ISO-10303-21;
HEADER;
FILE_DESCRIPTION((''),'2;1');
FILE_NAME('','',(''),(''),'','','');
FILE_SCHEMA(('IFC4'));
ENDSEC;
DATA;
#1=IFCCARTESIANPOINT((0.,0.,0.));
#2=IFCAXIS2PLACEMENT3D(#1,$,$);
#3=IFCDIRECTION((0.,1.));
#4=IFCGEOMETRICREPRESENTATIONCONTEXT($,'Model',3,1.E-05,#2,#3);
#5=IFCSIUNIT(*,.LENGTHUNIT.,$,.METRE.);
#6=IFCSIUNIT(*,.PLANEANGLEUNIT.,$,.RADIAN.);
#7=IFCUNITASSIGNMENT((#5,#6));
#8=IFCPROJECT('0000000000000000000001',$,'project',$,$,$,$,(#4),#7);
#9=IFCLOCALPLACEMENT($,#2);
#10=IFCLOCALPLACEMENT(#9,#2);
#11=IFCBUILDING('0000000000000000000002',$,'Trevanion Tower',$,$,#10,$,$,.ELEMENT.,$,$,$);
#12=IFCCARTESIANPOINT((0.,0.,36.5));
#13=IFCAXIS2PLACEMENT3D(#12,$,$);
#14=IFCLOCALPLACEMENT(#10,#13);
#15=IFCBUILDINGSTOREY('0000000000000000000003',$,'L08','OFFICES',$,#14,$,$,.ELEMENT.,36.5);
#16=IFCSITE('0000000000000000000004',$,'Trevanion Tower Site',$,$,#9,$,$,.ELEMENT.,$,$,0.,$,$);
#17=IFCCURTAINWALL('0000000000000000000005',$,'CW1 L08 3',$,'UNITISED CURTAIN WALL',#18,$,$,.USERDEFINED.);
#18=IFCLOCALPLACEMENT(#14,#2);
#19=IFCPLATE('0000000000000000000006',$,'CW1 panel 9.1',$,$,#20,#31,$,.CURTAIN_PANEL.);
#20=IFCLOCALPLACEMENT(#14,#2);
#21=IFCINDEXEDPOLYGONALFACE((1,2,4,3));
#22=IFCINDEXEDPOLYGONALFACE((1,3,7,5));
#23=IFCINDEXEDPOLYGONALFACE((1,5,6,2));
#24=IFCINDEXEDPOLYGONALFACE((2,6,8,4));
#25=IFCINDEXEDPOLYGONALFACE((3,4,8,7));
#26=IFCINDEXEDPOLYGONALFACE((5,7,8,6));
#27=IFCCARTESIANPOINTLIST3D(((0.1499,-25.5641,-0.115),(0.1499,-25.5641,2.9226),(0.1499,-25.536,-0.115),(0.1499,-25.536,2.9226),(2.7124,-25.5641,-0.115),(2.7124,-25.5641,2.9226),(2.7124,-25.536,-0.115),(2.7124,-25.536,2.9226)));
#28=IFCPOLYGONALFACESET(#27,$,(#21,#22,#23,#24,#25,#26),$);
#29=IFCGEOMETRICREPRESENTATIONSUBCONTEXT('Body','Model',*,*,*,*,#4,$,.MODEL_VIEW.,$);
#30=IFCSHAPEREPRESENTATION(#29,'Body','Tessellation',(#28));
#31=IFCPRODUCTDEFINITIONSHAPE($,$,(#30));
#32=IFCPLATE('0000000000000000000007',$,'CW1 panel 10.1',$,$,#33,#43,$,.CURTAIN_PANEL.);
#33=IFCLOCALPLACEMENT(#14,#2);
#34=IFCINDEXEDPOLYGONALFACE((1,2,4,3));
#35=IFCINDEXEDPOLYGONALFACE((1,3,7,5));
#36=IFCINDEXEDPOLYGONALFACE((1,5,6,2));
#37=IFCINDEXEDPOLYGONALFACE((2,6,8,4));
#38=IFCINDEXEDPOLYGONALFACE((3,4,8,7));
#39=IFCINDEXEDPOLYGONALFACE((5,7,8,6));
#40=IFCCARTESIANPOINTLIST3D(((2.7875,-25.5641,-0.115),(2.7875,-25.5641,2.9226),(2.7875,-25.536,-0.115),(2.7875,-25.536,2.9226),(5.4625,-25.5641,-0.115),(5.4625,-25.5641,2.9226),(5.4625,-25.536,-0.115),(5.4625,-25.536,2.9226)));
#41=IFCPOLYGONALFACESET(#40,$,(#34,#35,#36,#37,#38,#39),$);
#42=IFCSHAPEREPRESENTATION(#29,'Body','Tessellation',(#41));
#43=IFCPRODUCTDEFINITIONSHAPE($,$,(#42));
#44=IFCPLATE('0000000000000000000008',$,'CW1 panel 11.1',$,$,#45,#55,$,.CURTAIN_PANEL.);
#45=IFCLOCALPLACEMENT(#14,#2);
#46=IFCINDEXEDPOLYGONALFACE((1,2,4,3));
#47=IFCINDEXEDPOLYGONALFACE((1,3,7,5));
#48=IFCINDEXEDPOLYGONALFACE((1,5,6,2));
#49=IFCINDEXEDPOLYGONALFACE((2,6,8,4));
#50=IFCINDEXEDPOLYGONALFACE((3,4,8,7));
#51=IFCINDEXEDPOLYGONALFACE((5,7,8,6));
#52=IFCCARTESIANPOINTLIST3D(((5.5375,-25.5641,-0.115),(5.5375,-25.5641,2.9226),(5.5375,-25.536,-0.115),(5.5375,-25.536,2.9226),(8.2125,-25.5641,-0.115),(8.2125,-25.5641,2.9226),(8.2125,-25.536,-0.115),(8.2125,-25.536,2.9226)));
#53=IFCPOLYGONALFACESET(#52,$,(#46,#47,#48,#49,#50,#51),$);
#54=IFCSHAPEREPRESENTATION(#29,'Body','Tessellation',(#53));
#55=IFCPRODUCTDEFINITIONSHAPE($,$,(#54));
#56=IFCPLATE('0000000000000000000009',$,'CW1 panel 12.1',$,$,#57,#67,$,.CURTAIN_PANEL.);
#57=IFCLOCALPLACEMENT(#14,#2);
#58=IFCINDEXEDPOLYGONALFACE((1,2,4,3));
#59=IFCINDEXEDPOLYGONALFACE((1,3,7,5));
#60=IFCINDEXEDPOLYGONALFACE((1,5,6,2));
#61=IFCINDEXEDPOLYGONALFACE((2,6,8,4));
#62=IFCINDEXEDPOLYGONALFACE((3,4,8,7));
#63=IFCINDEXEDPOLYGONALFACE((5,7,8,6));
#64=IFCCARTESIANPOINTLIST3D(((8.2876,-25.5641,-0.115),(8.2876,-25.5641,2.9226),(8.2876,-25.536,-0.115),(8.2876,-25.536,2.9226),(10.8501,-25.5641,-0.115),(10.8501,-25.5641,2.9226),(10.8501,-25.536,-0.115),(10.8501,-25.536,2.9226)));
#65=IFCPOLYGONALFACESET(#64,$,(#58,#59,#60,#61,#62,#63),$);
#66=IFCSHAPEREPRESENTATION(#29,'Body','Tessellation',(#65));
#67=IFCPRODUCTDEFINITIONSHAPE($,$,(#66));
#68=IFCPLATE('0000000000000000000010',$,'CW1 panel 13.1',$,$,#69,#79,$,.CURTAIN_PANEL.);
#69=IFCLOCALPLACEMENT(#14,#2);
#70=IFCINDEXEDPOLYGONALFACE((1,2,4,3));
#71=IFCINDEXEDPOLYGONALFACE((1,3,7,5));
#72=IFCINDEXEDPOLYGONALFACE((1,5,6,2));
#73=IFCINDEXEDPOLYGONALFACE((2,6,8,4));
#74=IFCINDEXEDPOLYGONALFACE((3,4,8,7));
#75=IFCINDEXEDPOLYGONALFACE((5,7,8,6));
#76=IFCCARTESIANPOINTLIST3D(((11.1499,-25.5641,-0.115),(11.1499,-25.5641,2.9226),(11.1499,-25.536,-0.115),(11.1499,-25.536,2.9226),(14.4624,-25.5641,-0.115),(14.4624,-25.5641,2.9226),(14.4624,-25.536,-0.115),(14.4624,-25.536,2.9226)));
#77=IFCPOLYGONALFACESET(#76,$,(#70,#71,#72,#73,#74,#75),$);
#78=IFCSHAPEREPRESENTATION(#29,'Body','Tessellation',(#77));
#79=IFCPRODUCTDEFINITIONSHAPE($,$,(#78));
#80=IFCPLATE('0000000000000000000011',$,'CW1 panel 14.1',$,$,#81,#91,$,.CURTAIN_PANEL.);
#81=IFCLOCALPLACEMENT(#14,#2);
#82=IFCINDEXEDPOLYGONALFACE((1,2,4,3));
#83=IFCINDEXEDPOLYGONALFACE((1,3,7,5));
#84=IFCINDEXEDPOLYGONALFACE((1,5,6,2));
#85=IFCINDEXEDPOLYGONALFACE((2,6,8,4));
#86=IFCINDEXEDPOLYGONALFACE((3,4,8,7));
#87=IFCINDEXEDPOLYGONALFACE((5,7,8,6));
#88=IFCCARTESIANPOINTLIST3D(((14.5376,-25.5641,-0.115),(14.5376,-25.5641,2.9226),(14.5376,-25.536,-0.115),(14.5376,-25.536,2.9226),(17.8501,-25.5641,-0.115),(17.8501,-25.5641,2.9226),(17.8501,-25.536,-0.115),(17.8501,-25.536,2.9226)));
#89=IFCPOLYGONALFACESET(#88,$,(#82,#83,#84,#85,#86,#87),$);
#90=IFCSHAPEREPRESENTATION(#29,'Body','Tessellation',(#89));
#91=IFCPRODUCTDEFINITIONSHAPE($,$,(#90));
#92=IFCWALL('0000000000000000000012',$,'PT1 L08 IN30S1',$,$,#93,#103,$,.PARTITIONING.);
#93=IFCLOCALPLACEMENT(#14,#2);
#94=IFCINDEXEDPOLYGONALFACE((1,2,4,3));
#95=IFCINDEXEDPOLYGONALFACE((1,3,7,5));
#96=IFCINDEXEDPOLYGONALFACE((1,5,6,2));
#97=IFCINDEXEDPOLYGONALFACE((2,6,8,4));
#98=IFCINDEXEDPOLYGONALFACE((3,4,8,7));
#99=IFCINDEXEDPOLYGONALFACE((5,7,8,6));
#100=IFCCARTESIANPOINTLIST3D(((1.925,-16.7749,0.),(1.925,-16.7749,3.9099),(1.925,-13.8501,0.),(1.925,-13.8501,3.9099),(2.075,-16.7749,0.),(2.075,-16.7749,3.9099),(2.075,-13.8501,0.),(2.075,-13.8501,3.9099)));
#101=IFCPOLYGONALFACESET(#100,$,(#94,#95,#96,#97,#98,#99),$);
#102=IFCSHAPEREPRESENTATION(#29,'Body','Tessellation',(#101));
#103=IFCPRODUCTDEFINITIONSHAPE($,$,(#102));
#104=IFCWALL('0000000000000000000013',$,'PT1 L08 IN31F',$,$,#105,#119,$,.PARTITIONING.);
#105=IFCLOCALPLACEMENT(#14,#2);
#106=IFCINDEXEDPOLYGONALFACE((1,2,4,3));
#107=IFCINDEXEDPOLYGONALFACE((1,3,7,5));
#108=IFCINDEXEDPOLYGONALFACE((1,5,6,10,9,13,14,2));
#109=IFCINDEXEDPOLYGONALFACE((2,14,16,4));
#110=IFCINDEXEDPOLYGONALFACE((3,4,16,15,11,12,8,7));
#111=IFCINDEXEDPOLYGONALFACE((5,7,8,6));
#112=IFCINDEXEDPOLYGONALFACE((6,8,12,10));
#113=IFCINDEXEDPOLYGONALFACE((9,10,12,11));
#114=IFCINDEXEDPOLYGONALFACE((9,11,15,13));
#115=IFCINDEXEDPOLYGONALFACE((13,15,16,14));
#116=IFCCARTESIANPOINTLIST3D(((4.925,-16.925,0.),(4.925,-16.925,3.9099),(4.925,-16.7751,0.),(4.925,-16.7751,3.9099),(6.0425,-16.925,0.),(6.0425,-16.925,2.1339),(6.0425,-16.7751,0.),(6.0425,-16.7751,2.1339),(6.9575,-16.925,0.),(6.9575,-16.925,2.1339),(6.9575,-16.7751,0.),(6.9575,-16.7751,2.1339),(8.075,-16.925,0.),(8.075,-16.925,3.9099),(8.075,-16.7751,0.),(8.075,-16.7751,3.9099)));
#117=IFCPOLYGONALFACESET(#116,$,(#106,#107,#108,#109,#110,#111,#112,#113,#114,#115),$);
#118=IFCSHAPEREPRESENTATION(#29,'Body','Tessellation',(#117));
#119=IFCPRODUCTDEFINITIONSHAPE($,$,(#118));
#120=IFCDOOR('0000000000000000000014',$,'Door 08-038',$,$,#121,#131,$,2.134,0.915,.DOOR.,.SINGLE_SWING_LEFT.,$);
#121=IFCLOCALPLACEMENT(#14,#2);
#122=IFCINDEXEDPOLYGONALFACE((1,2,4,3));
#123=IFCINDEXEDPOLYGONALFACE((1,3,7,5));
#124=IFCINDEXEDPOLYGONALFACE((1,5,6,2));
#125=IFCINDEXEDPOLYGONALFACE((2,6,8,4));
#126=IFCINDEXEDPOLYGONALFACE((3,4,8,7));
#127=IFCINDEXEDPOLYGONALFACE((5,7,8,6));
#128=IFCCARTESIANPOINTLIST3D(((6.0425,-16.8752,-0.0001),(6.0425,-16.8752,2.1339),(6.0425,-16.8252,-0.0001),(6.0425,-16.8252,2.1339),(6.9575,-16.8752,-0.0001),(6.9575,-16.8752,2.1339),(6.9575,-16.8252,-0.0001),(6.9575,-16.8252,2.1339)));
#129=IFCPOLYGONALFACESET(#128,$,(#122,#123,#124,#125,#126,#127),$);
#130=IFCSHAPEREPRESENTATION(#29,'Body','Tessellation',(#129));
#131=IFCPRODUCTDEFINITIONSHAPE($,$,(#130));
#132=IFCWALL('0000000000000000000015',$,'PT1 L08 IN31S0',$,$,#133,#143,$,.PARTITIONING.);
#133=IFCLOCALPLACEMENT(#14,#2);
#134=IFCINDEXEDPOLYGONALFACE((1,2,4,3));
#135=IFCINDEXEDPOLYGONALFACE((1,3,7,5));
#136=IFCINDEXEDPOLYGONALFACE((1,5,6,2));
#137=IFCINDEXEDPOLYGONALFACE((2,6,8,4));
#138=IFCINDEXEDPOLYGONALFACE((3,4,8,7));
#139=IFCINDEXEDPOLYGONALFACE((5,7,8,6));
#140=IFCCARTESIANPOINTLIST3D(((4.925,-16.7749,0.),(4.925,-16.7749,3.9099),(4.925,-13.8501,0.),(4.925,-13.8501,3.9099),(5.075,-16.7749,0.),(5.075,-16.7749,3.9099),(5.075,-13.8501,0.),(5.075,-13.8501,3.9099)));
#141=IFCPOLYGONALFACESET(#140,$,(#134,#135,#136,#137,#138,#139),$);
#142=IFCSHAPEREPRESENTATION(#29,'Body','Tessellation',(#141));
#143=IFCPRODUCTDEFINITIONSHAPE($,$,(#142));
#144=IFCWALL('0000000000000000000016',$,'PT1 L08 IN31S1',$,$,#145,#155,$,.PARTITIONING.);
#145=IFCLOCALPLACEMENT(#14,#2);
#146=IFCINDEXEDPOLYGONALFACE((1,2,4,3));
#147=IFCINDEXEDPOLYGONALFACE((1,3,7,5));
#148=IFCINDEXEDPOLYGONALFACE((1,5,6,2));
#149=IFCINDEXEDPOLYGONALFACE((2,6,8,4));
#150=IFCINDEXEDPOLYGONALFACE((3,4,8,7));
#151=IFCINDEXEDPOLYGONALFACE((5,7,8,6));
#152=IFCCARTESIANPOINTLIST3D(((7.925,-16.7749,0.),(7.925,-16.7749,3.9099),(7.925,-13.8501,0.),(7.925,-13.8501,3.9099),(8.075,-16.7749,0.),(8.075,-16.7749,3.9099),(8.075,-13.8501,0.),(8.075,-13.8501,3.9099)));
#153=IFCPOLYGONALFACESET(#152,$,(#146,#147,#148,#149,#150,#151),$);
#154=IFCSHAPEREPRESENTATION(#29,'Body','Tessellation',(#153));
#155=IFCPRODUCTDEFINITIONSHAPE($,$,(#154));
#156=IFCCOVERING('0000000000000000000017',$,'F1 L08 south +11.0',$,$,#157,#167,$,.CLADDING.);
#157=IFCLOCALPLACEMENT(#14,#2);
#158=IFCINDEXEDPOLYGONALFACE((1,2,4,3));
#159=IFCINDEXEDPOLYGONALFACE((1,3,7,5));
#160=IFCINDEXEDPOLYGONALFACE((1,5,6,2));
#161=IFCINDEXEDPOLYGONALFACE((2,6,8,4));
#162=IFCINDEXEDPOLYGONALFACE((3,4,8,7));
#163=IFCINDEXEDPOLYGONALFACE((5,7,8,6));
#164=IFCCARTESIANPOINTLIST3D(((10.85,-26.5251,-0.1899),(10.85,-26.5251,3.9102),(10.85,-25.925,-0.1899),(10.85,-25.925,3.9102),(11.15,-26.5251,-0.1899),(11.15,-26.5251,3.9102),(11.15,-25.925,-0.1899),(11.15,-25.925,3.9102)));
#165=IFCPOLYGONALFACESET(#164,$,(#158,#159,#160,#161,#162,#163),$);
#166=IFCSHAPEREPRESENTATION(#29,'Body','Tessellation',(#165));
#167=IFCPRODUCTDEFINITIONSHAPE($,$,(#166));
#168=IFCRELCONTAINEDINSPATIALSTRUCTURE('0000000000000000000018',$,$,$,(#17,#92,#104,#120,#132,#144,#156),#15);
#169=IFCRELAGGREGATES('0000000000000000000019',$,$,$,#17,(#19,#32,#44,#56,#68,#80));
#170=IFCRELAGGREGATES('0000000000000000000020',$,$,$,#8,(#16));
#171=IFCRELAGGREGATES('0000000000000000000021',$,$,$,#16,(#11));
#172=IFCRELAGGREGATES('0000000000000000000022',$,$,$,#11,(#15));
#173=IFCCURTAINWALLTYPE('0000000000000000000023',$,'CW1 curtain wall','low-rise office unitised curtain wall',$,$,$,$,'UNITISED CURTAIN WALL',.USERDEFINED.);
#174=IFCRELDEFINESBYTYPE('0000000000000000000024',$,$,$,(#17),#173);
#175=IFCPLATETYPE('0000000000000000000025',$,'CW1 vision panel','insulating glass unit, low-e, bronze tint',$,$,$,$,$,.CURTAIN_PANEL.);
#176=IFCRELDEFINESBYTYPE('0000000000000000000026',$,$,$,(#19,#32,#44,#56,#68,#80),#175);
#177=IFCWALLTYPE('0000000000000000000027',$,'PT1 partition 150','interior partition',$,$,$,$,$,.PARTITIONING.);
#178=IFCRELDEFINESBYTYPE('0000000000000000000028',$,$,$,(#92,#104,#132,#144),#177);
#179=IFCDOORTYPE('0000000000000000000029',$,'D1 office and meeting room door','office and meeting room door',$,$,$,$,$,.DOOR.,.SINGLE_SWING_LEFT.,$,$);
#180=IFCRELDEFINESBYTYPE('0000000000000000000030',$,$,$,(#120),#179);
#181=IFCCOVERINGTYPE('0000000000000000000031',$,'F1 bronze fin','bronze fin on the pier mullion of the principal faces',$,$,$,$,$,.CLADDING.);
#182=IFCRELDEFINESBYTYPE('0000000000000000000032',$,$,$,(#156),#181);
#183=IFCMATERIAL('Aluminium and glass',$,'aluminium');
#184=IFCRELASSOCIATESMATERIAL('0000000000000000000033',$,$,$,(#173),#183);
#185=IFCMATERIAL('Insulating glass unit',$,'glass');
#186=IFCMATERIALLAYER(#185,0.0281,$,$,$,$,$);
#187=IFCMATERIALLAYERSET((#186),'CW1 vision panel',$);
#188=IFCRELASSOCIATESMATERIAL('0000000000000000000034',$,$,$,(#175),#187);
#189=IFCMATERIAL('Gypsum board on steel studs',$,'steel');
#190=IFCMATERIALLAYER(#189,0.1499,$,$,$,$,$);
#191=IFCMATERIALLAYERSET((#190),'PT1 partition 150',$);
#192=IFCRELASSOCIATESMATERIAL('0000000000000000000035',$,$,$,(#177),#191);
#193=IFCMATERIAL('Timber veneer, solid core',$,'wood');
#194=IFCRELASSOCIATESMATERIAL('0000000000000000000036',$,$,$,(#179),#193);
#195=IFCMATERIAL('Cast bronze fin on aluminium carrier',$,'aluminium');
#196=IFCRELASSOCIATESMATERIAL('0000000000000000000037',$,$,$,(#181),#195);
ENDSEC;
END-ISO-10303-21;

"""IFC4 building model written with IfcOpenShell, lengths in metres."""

from ifc_helpers import new_model, si_unit, direction, frame, frame_2d, origin, origin_2d, place, context, subcontext, project, spatial, rectangle, extrude, material, layer, layer_set, type_object, element, fill, aggregate, save


model = new_model("IFC4")

# Units and contexts
model_context = context("Model", 3, precision=1e-05, world=origin(), true_north=direction((0.0, 1.0)))
body_context = subcontext(model_context, "Body", "Model", "MODEL_VIEW")
ifc_project = project(units=[si_unit("LENGTHUNIT", "METRE"), si_unit("PLANEANGLEUNIT", "RADIAN")], contexts=[model_context])

# Site, building, storey
site_placement = place(None, origin())
site = spatial("IfcSite", under=ifc_project, at=site_placement, Name="Trevanion Tower Site", CompositionType="ELEMENT", RefElevation=0.0)
building_placement = place(site_placement, origin())
building = spatial("IfcBuilding", under=site, at=building_placement, Name="Trevanion Tower", CompositionType="ELEMENT")
storey_placement = place(building_placement, frame((0.0, 0.0, 36.5)))
storey = spatial("IfcBuildingStorey", under=building, at=storey_placement, Name="L08", Description="OFFICES", CompositionType="ELEMENT", Elevation=36.5)

# Curtain wall
ifc_material_1 = material(Name="Aluminium and glass", Category="aluminium")
curtain_wall_type = type_object("IfcCurtainWallType", Name="CW1 curtain wall", Description="low-rise office unitised curtain wall", ElementType="UNITISED CURTAIN WALL", PredefinedType="USERDEFINED", material=ifc_material_1)
curtain_wall_placement = place(storey_placement, origin())
curtain_wall = element("IfcCurtainWall", 1, at=curtain_wall_placement, inside=storey, type_object=curtain_wall_type, Name="CW1 L08 3", ObjectType="UNITISED CURTAIN WALL", PredefinedType="USERDEFINED")

# Plates
ifc_material_2 = material(Name="Insulating glass unit", Category="glass")
ifc_layer_1 = layer(ifc_material_2, 0.0281)
ifc_layer_set_1 = layer_set([ifc_layer_1], Name="CW1 vision panel")
plate_type_1 = type_object("IfcPlateType", Name="CW1 vision panel", Description="insulating glass unit, low-e, bronze tint", PredefinedType="CURTAIN_PANEL", material=ifc_layer_set_1)
plate_1_placement = place(storey_placement, frame((1.4312, -25.55, -0.115), z_axis=(0.0, 0.0, 1.0), x_axis=(1.0, 0.0, 0.0)))
plate_1 = element("IfcPlate", 2, at=plate_1_placement, type_object=plate_type_1, Name="CW1 panel 9.1", PredefinedType="CURTAIN_PANEL", context=body_context, shape_type="SweptSolid", body=[
    extrude(rectangle(XDim=2.5625, YDim=0.0281, at=origin_2d()), origin(), (0.0, 0.0, 1.0), 3.0376),
])
plate_2_placement = place(storey_placement, frame((4.125, -25.55, -0.115), z_axis=(0.0, 0.0, 1.0), x_axis=(1.0, 0.0, 0.0)))
plate_2 = element("IfcPlate", 3, at=plate_2_placement, type_object=plate_type_1, Name="CW1 panel 10.1", PredefinedType="CURTAIN_PANEL", context=body_context, shape_type="SweptSolid", body=[
    extrude(rectangle(XDim=2.675, YDim=0.0281, at=origin_2d()), origin(), (0.0, 0.0, 1.0), 3.0376),
])
plate_3_placement = place(storey_placement, frame((6.875, -25.55, -0.115), z_axis=(0.0, 0.0, 1.0), x_axis=(1.0, 0.0, 0.0)))
plate_3 = element("IfcPlate", 4, at=plate_3_placement, type_object=plate_type_1, Name="CW1 panel 11.1", PredefinedType="CURTAIN_PANEL", context=body_context, shape_type="SweptSolid", body=[
    extrude(rectangle(XDim=2.675, YDim=0.0281, at=origin_2d()), origin(), (0.0, 0.0, 1.0), 3.0376),
])
plate_4_placement = place(storey_placement, frame((9.5688, -25.55, -0.115), z_axis=(0.0, 0.0, 1.0), x_axis=(1.0, 0.0, 0.0)))
plate_4 = element("IfcPlate", 5, at=plate_4_placement, type_object=plate_type_1, Name="CW1 panel 12.1", PredefinedType="CURTAIN_PANEL", context=body_context, shape_type="SweptSolid", body=[
    extrude(rectangle(XDim=2.5625, YDim=0.0281, at=origin_2d()), origin(), (0.0, 0.0, 1.0), 3.0376),
])
plate_5_placement = place(storey_placement, frame((12.8062, -25.55, -0.115), z_axis=(0.0, 0.0, 1.0), x_axis=(1.0, 0.0, 0.0)))
plate_5 = element("IfcPlate", 6, at=plate_5_placement, type_object=plate_type_1, Name="CW1 panel 13.1", PredefinedType="CURTAIN_PANEL", context=body_context, shape_type="SweptSolid", body=[
    extrude(rectangle(XDim=3.3125, YDim=0.0281, at=origin_2d()), origin(), (0.0, 0.0, 1.0), 3.0376),
])
plate_6_placement = place(storey_placement, frame((16.1938, -25.55, -0.115), z_axis=(0.0, 0.0, 1.0), x_axis=(1.0, 0.0, 0.0)))
plate_6 = element("IfcPlate", 7, at=plate_6_placement, type_object=plate_type_1, Name="CW1 panel 14.1", PredefinedType="CURTAIN_PANEL", context=body_context, shape_type="SweptSolid", body=[
    extrude(rectangle(XDim=3.3125, YDim=0.0281, at=origin_2d()), origin(), (0.0, 0.0, 1.0), 3.0376),
])
aggregate(curtain_wall, [plate_1, plate_2, plate_3, plate_4, plate_5, plate_6])

# Wall
ifc_material_3 = material(Name="Gypsum board on steel studs", Category="steel")
ifc_layer_2 = layer(ifc_material_3, 0.1499)
ifc_layer_set_2 = layer_set([ifc_layer_2], Name="PT1 partition 150")
wall_type = type_object("IfcWallType", Name="PT1 partition 150", Description="interior partition", PredefinedType="PARTITIONING", material=ifc_layer_set_2)
wall_1_placement = place(storey_placement, frame((2.0, -16.7749, 0.0), z_axis=(0.0, 0.0, 1.0), x_axis=(0.0, 1.0, 0.0)))
element("IfcWall", 8, at=wall_1_placement, inside=storey, type_object=wall_type, Name="PT1 L08 IN30S1", PredefinedType="PARTITIONING", context=body_context, shape_type="SweptSolid", body=[
    extrude(rectangle(XDim=2.9248, YDim=0.1499, at=frame_2d((1.4624, 0.0))), origin(), (0.0, 0.0, 1.0), 3.9099),
])

# Wall, opening, door
wall_2_placement = place(storey_placement, frame((4.925, -16.8501, 0.0), z_axis=(0.0, 0.0, 1.0), x_axis=(1.0, 0.0, 0.0)))
wall_2 = element("IfcWall", 9, at=wall_2_placement, inside=storey, type_object=wall_type, Name="PT1 L08 IN31F", PredefinedType="PARTITIONING", context=body_context, shape_type="SweptSolid", body=[
    extrude(rectangle(XDim=3.1499, YDim=0.1499, at=frame_2d((1.575, 0.0))), origin(), (0.0, 0.0, 1.0), 3.9099),
])
opening_placement = place(wall_2_placement, frame((1.1174, 0.0, 0.0)))
opening = element("IfcOpeningElement", 10, at=opening_placement, cuts=wall_2, PredefinedType="OPENING", context=body_context, shape_type="SweptSolid", body=[
    extrude(rectangle(XDim=0.915, YDim=2.134, at=frame_2d((0.4575, 1.0669))), frame((0.0, 0.085, 0.0), z_axis=(0.0, -1.0, 0.0), x_axis=(1.0, 0.0, 0.0)), (0.0, 0.0, 1.0), 0.1699),
])
ifc_material_4 = material(Name="Timber veneer, solid core", Category="wood")
door_type = type_object("IfcDoorType", Name="D1 office and meeting room door", Description="office and meeting room door", OperationType="SINGLE_SWING_LEFT", PredefinedType="DOOR", material=ifc_material_4)
door_placement = place(opening_placement, origin())
door = element("IfcDoor", 11, at=door_placement, inside=storey, type_object=door_type, Name="Door 08-038", OperationType="SINGLE_SWING_LEFT", OverallHeight=2.134, OverallWidth=0.915, PredefinedType="DOOR", context=body_context, shape_type="SweptSolid", body=[
    extrude(rectangle(XDim=0.915, YDim=2.134, at=frame_2d((0.4575, 1.0669))), frame((0.0, 0.0249, 0.0), z_axis=(0.0, -1.0, 0.0), x_axis=(1.0, 0.0, 0.0)), (0.0, 0.0, 1.0), 0.05),
])
fill(opening, door)

# Walls
for number, where, z_axis, x_axis, name in (
    (12, (5.0, -16.7749, 0.0), (0.0, 0.0, 1.0), (0.0, 1.0, 0.0), "PT1 L08 IN31S0"),
    (13, (8.0, -16.7749, 0.0), (0.0, 0.0, 1.0), (0.0, 1.0, 0.0), "PT1 L08 IN31S1"),
):
    element("IfcWall", number, at=place(storey_placement, frame(where, z_axis=z_axis, x_axis=x_axis)), inside=storey, type_object=wall_type, Name=name, PredefinedType="PARTITIONING", context=body_context, shape_type="SweptSolid", body=[
        extrude(rectangle(XDim=2.9248, YDim=0.1499, at=frame_2d((1.4624, 0.0))), origin(), (0.0, 0.0, 1.0), 3.9099),
    ])

# Covering
ifc_material_5 = material(Name="Cast bronze fin on aluminium carrier", Category="aluminium")
covering_type = type_object("IfcCoveringType", Name="F1 bronze fin", Description="bronze fin on the pier mullion of the principal faces", PredefinedType="CLADDING", material=ifc_material_5)
covering_placement = place(storey_placement, frame((11.0, -26.2251, -0.1899), z_axis=(0.0, 0.0, 1.0), x_axis=(1.0, 0.0, 0.0)))
element("IfcCovering", 14, at=covering_placement, inside=storey, type_object=covering_type, Name="F1 L08 south +11.0", PredefinedType="CLADDING", context=body_context, shape_type="SweptSolid", body=[
    extrude(rectangle(XDim=0.3, YDim=0.6001, at=origin_2d()), origin(), (0.0, 0.0, 1.0), 4.1001),
])

save(model, "model.ifc")
